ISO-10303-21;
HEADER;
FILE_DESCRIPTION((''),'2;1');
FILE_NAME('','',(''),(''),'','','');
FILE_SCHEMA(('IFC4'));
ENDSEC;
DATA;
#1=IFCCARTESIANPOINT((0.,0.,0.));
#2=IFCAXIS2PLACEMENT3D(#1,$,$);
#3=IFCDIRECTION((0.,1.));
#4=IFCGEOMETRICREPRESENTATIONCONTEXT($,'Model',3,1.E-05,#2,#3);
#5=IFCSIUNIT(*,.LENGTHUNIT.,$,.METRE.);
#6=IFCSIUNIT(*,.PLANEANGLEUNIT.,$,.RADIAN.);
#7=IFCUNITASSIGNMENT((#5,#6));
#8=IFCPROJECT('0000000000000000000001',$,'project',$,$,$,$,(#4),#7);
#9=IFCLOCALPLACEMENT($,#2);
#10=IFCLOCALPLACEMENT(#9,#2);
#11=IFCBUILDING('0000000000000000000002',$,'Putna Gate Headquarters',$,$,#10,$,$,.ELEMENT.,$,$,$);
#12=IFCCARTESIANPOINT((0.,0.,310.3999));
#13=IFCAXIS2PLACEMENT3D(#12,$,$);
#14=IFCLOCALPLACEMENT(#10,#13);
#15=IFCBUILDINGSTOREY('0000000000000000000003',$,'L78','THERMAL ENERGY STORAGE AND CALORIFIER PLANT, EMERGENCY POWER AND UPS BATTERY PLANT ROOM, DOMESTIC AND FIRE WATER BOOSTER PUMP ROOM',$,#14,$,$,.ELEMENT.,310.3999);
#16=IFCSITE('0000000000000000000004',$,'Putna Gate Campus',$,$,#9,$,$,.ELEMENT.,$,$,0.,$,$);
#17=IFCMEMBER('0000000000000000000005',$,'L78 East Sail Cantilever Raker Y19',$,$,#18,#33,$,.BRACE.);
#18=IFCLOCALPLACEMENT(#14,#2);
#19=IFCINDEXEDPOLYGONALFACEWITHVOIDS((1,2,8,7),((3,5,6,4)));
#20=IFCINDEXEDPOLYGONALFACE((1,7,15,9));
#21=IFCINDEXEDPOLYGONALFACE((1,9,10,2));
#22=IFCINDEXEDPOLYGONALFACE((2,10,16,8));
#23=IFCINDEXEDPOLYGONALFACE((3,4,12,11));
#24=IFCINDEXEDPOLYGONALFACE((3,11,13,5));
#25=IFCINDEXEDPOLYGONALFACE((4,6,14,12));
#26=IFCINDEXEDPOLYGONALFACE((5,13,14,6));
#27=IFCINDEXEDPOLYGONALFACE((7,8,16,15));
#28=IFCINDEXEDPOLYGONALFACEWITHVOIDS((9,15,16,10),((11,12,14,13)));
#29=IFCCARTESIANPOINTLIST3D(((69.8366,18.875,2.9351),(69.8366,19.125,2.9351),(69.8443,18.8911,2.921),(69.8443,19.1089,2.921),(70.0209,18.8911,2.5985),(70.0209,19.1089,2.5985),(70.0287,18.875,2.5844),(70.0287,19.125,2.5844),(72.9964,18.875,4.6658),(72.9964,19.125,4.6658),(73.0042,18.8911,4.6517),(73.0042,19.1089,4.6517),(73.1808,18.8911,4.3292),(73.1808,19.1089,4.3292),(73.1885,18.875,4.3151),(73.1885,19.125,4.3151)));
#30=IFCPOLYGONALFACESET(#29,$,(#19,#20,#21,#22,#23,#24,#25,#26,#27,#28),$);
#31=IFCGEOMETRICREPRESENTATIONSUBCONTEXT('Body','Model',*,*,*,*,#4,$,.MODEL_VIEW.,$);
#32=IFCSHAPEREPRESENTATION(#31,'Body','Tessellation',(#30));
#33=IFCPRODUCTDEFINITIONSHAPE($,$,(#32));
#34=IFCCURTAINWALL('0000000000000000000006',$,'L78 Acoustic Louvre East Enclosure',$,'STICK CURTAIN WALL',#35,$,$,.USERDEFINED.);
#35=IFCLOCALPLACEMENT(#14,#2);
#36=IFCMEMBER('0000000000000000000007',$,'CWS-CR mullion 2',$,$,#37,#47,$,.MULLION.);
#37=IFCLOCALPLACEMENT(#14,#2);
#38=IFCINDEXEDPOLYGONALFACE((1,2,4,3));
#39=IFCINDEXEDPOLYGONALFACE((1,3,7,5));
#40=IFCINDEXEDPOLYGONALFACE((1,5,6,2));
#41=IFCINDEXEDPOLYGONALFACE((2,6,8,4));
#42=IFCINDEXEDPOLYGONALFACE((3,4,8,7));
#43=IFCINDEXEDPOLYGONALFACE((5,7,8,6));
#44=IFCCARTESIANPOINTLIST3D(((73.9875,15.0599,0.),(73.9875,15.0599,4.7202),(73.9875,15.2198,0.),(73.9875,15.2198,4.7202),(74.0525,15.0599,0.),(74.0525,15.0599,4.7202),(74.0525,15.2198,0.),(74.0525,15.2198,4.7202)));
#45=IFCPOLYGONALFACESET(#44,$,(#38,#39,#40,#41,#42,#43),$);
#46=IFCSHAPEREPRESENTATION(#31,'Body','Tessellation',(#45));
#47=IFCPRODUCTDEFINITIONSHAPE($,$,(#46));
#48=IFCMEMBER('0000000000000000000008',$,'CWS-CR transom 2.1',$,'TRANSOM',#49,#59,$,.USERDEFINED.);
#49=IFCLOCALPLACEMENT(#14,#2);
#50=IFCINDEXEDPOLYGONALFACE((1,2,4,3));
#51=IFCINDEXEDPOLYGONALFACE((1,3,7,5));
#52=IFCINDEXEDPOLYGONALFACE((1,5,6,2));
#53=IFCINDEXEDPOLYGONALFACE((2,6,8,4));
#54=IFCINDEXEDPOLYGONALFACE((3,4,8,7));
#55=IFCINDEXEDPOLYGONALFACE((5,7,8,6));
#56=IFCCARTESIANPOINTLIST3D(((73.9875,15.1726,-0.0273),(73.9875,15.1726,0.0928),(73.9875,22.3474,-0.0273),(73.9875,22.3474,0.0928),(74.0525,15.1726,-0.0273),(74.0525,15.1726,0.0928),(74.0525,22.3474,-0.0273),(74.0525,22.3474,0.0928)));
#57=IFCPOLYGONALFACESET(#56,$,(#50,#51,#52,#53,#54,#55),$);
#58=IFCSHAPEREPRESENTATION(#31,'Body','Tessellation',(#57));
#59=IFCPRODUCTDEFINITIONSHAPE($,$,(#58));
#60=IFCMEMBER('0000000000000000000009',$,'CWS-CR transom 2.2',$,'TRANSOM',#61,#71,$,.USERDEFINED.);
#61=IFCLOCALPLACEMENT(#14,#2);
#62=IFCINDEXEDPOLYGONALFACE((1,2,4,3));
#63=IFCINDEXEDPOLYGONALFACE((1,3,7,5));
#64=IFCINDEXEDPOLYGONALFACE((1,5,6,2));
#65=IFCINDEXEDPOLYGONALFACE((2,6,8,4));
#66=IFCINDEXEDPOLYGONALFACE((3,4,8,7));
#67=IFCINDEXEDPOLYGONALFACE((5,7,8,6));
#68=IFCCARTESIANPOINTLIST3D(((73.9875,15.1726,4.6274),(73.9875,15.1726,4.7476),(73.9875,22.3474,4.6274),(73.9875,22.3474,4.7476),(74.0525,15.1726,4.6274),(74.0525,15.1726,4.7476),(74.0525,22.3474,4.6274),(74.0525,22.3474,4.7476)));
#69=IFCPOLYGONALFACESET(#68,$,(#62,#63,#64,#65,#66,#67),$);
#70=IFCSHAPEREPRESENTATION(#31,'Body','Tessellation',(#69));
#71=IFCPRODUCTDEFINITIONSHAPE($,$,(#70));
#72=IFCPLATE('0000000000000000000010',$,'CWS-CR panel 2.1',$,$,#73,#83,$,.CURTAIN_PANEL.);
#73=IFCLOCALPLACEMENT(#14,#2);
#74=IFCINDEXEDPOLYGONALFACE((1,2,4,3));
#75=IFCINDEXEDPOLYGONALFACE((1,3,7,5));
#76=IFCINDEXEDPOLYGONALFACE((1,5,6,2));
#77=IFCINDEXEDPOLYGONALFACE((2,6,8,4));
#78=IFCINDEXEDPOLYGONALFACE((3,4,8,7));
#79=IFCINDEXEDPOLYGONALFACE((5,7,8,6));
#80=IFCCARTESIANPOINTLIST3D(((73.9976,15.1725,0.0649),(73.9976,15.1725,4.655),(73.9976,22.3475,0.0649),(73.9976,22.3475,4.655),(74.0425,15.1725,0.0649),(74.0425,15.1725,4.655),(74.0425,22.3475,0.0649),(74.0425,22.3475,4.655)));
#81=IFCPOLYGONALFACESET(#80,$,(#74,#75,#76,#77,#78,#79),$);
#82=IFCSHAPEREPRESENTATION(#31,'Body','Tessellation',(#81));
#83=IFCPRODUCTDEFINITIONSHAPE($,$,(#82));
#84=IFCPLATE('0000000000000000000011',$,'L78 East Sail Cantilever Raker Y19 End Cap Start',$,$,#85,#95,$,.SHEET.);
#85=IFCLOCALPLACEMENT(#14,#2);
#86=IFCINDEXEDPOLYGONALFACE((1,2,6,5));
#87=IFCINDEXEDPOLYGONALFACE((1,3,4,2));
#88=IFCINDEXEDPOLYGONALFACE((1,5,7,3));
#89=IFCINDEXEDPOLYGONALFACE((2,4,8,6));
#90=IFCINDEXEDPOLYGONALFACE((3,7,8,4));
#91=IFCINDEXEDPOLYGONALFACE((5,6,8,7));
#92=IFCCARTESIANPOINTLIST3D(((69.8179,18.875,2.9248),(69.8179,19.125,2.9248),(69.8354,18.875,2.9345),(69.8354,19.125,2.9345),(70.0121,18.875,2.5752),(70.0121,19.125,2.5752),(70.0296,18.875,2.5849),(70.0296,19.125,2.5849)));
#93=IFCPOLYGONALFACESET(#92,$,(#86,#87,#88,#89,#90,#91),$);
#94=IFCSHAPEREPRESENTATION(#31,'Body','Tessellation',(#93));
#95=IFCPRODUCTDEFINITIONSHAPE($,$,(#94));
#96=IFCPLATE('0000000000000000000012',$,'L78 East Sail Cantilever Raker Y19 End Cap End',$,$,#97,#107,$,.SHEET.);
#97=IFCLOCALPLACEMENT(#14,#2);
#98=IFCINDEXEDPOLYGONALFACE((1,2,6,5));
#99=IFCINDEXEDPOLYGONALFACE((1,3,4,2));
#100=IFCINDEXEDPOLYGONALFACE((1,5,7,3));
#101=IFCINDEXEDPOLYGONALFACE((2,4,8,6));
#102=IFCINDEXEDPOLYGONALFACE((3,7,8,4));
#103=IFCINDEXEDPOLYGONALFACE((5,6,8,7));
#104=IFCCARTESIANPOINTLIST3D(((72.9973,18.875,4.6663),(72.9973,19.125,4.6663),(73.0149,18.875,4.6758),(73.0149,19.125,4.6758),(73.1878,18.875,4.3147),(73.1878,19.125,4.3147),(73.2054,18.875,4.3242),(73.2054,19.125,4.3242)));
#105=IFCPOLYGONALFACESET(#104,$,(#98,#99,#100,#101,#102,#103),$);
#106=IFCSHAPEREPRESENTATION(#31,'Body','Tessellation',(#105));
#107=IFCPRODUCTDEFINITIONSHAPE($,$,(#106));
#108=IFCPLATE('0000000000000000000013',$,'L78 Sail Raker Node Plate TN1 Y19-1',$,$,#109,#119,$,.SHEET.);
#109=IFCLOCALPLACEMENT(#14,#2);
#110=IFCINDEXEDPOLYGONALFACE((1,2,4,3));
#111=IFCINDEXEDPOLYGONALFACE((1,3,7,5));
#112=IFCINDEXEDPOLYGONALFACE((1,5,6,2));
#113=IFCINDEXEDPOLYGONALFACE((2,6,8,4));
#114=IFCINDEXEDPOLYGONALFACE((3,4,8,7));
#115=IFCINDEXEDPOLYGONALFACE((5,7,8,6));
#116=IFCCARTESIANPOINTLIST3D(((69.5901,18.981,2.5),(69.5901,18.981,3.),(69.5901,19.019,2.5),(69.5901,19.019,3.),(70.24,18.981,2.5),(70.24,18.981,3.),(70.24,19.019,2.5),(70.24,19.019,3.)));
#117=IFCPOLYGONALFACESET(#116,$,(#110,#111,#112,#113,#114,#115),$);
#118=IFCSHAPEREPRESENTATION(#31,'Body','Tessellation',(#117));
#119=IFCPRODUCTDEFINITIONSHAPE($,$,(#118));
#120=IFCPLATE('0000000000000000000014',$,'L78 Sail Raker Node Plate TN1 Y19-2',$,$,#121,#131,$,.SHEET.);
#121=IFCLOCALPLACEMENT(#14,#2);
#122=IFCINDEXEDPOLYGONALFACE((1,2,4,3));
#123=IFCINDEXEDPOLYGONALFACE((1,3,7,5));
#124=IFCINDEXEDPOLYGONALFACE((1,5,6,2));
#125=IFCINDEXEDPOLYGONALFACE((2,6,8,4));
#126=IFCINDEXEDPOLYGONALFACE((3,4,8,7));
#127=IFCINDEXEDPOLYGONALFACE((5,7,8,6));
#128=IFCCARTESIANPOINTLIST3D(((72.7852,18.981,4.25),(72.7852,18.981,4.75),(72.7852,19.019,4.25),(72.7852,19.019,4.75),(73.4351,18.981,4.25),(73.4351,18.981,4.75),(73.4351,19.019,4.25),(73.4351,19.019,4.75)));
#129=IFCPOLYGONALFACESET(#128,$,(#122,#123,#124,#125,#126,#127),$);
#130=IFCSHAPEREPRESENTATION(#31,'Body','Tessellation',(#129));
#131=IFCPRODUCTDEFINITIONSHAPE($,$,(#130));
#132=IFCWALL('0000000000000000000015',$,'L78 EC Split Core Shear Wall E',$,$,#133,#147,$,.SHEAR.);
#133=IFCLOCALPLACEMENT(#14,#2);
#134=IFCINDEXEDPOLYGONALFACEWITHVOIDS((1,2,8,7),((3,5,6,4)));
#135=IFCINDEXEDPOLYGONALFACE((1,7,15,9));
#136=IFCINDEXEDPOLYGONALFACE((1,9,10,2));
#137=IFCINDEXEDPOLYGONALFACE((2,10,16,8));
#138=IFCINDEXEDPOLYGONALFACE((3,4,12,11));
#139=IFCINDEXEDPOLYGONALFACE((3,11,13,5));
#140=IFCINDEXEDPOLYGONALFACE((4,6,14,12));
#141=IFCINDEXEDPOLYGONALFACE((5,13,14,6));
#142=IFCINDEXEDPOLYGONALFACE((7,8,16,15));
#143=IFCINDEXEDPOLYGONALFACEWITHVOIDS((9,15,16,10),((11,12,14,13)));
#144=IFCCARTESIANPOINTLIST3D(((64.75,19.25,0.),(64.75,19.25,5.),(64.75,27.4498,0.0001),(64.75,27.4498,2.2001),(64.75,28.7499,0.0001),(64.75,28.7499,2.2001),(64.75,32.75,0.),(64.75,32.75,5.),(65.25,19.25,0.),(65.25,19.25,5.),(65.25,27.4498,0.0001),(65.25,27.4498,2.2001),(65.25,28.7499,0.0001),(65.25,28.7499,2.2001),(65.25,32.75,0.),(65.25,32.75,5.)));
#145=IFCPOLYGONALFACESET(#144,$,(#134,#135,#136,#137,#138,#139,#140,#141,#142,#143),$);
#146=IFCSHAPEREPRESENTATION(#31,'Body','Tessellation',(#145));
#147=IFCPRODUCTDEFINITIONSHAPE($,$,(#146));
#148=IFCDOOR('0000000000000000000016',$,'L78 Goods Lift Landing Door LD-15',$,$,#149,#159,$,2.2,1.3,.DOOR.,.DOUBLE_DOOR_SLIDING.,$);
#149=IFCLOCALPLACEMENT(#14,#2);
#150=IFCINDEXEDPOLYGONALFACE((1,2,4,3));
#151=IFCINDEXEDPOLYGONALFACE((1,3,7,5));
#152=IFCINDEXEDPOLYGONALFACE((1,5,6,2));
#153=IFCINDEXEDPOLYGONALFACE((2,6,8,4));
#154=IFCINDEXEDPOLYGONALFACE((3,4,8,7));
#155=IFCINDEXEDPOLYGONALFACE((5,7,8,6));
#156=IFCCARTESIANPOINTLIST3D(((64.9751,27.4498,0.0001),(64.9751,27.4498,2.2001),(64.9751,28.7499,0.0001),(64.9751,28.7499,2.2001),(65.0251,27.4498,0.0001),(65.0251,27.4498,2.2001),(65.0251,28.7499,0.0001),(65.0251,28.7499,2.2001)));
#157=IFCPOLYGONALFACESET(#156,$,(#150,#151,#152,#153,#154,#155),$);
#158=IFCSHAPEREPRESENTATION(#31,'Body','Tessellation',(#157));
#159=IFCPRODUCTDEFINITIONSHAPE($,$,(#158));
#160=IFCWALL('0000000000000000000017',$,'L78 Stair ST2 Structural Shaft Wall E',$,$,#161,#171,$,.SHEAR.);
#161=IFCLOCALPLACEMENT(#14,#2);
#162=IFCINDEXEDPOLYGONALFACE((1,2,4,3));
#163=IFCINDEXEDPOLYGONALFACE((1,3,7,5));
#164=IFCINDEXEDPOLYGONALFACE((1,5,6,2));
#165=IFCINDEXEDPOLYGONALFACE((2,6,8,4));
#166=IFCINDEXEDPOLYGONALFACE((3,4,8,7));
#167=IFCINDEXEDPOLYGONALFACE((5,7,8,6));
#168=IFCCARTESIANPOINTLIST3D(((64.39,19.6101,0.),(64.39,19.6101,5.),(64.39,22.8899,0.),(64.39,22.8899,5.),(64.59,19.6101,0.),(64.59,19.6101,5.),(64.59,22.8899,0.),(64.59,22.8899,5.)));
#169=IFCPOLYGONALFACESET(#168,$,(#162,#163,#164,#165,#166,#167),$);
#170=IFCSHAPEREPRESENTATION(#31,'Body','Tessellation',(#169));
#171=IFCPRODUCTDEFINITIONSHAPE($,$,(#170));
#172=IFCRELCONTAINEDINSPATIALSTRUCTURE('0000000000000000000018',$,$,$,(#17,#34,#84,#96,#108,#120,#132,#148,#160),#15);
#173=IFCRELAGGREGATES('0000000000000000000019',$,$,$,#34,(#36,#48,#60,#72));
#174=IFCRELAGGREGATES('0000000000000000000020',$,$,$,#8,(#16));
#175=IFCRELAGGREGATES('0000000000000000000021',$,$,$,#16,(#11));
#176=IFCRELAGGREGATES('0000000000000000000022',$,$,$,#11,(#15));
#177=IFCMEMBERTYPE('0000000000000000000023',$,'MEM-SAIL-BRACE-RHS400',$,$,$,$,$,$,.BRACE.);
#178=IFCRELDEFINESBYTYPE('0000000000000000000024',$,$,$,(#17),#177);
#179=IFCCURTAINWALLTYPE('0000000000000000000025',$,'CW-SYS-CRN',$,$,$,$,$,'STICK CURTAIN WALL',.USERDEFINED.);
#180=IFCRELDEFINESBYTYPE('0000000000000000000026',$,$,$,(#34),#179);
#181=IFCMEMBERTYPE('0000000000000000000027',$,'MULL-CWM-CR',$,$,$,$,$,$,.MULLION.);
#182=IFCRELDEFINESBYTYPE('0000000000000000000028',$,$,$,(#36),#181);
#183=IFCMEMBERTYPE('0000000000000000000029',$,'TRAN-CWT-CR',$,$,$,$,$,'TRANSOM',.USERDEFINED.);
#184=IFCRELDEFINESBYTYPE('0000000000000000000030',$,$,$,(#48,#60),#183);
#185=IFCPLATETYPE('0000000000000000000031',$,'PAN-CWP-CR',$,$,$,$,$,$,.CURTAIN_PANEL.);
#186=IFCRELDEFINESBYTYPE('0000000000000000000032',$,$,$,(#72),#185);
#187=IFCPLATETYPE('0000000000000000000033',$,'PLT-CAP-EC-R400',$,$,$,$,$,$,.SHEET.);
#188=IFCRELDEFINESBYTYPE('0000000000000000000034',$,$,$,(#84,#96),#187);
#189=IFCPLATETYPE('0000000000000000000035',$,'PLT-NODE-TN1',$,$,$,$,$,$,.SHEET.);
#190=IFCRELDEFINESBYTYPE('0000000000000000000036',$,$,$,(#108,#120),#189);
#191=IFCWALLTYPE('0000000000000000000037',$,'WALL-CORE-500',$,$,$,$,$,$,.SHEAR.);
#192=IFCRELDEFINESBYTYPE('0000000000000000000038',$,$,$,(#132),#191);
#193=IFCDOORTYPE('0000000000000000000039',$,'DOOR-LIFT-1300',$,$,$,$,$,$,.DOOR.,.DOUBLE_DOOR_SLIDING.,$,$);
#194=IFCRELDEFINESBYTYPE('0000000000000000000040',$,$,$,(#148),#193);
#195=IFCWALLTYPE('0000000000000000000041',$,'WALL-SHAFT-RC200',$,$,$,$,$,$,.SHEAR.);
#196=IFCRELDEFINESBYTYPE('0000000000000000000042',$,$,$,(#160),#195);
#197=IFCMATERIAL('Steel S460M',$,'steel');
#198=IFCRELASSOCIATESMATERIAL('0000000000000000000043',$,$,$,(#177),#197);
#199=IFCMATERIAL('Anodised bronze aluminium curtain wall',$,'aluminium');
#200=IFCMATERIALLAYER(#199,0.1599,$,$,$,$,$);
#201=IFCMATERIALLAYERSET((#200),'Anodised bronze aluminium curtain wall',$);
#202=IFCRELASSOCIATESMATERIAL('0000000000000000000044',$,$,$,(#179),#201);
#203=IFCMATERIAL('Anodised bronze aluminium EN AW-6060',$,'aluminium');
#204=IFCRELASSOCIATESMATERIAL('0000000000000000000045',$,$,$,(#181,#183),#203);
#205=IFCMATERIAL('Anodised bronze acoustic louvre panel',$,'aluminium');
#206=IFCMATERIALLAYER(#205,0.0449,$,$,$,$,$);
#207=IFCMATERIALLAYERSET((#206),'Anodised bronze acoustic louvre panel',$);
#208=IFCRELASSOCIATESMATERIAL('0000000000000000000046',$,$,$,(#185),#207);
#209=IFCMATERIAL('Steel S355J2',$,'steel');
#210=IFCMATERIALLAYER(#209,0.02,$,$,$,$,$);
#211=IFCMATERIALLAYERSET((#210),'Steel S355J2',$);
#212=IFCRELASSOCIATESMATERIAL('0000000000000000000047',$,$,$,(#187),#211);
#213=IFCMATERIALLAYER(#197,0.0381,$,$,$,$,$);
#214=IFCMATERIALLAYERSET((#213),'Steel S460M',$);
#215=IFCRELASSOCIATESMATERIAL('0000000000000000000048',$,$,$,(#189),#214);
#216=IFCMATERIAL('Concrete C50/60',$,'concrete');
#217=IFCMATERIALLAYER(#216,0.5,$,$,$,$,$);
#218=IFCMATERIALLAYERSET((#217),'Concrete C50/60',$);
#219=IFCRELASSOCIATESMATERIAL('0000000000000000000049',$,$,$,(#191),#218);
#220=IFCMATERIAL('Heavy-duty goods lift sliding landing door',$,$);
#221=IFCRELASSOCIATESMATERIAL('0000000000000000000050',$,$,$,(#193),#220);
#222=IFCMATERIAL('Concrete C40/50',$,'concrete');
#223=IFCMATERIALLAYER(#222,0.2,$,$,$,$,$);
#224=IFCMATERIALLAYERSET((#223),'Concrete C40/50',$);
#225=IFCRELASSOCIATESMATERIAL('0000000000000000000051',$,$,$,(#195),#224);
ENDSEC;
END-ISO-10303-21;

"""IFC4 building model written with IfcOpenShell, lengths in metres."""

from ifc_helpers import new_model, si_unit, direction, frame, frame_2d, origin, origin_2d, place, context, subcontext, project, spatial, rectangle, hollow_rectangle, extrude, material, layer, layer_set, material_profile, profile_set, type_object, element, fill, aggregate, save


model = new_model("IFC4")

# Units and contexts
model_context = context("Model", 3, precision=1e-05, world=origin(), true_north=direction((0.0, 1.0)))
body_context = subcontext(model_context, "Body", "Model", "MODEL_VIEW")
ifc_project = project(units=[si_unit("LENGTHUNIT", "METRE"), si_unit("PLANEANGLEUNIT", "RADIAN")], contexts=[model_context])

# Site, building, storey
site_placement = place(None, origin())
site = spatial("IfcSite", under=ifc_project, at=site_placement, Name="Putna Gate Campus", CompositionType="ELEMENT", RefElevation=0.0)
building_placement = place(site_placement, origin())
building = spatial("IfcBuilding", under=site, at=building_placement, Name="Putna Gate Headquarters", CompositionType="ELEMENT")
storey_placement = place(building_placement, frame((0.0, 0.0, 310.3999)))
storey = spatial("IfcBuildingStorey", under=building, at=storey_placement, Name="L78", Description="THERMAL ENERGY STORAGE AND CALORIFIER PLANT, EMERGENCY POWER AND UPS BATTERY PLANT ROOM, DOMESTIC AND FIRE WATER BOOSTER PUMP ROOM", CompositionType="ELEMENT", Elevation=310.3999)

# Shared definitions
ifc_material_1 = material(Name="Steel S460M", Category="steel")

# Shared definitions
ifc_material_2 = material(Name="Steel S355J2", Category="steel")

# Member
ifc_material_profile_1 = material_profile(ifc_material_1, hollow_rectangle(XDim=0.25, YDim=0.3999, WallThickness=0.0161, at=origin_2d()), Name="Steel S460M")
ifc_profile_set_1 = profile_set([ifc_material_profile_1], Name="Steel S460M")
member_type_1 = type_object("IfcMemberType", Name="MEM-SAIL-BRACE-RHS400", PredefinedType="BRACE", material=ifc_profile_set_1)
member_1_placement = place(storey_placement, frame((69.9326, 19.0, 2.7598), z_axis=(0.877063, 0.0, 0.480375), x_axis=(0.0, 1.0, 0.0)))
element("IfcMember", 1, at=member_1_placement, inside=storey, type_object=member_type_1, Name="L78 East Sail Cantilever Raker Y19", PredefinedType="BRACE", context=body_context, shape_type="SweptSolid", body=[
    extrude(hollow_rectangle(XDim=0.25, YDim=0.3999, WallThickness=0.0161, at=origin_2d()), origin(), (0.0, 0.0, 1.0), 3.6028),
])

# Curtain wall, members, plate
ifc_material_3 = material(Name="Anodised bronze aluminium curtain wall", Category="aluminium")
ifc_layer_1 = layer(ifc_material_3, 0.1599)
ifc_layer_set_1 = layer_set([ifc_layer_1], Name="Anodised bronze aluminium curtain wall")
curtain_wall_type = type_object("IfcCurtainWallType", Name="CW-SYS-CRN", ElementType="STICK CURTAIN WALL", PredefinedType="USERDEFINED", material=ifc_layer_set_1)
curtain_wall_placement = place(storey_placement, origin())
curtain_wall = element("IfcCurtainWall", 2, at=curtain_wall_placement, inside=storey, type_object=curtain_wall_type, Name="L78 Acoustic Louvre East Enclosure", ObjectType="STICK CURTAIN WALL", PredefinedType="USERDEFINED")
ifc_material_4 = material(Name="Anodised bronze aluminium EN AW-6060", Category="aluminium")
ifc_material_profile_2 = material_profile(ifc_material_4, rectangle(XDim=0.0649, YDim=0.1599, at=origin_2d()), Name="Anodised bronze aluminium EN AW-6060")
ifc_profile_set_2 = profile_set([ifc_material_profile_2], Name="Anodised bronze aluminium EN AW-6060")
member_type_2 = type_object("IfcMemberType", Name="MULL-CWM-CR", PredefinedType="MULLION", material=ifc_profile_set_2)
member_2_placement = place(storey_placement, frame((74.02, 15.1399, 0.0), z_axis=(0.0, 0.0, 1.0), x_axis=(-1.0, 0.0, 0.0)))
member_2 = element("IfcMember", 3, at=member_2_placement, type_object=member_type_2, Name="CWS-CR mullion 2", PredefinedType="MULLION", context=body_context, shape_type="SweptSolid", body=[
    extrude(rectangle(XDim=0.0649, YDim=0.1599, at=origin_2d()), origin(), (0.0, 0.0, 1.0), 4.7202),
])
ifc_material_profile_3 = material_profile(ifc_material_4, rectangle(XDim=0.0649, YDim=0.1201, at=origin_2d()), Name="Anodised bronze aluminium EN AW-6060")
ifc_profile_set_3 = profile_set([ifc_material_profile_3], Name="Anodised bronze aluminium EN AW-6060")
member_type_3 = type_object("IfcMemberType", Name="TRAN-CWT-CR", ElementType="TRANSOM", PredefinedType="USERDEFINED", material=ifc_profile_set_3)
member_3_placement = place(storey_placement, frame((74.02, 15.1726, 0.0327), z_axis=(0.0, 1.0, 0.0), x_axis=(-1.0, 0.0, 0.0)))
member_3 = element("IfcMember", 4, at=member_3_placement, type_object=member_type_3, Name="CWS-CR transom 2.1", ObjectType="TRANSOM", PredefinedType="USERDEFINED", context=body_context, shape_type="SweptSolid", body=[
    extrude(rectangle(XDim=0.0649, YDim=0.1201, at=origin_2d()), origin(), (0.0, 0.0, 1.0), 7.1748),
])
member_4_placement = place(storey_placement, frame((74.02, 15.1726, 4.6875), z_axis=(0.0, 1.0, 0.0), x_axis=(-1.0, 0.0, 0.0)))
member_4 = element("IfcMember", 5, at=member_4_placement, type_object=member_type_3, Name="CWS-CR transom 2.2", ObjectType="TRANSOM", PredefinedType="USERDEFINED", context=body_context, shape_type="SweptSolid", body=[
    extrude(rectangle(XDim=0.0649, YDim=0.1201, at=origin_2d()), origin(), (0.0, 0.0, 1.0), 7.1748),
])
ifc_material_5 = material(Name="Anodised bronze acoustic louvre panel", Category="aluminium")
ifc_layer_2 = layer(ifc_material_5, 0.0449)
ifc_layer_set_2 = layer_set([ifc_layer_2], Name="Anodised bronze acoustic louvre panel")
plate_type_1 = type_object("IfcPlateType", Name="PAN-CWP-CR", PredefinedType="CURTAIN_PANEL", material=ifc_layer_set_2)
plate_placement = place(storey_placement, frame((74.02, 18.76, 0.0649), z_axis=(0.0, 0.0, 1.0), x_axis=(0.0, 1.0, 0.0)))
plate = element("IfcPlate", 6, at=plate_placement, type_object=plate_type_1, Name="CWS-CR panel 2.1", PredefinedType="CURTAIN_PANEL", context=body_context, shape_type="SweptSolid", body=[
    extrude(rectangle(XDim=7.175, YDim=0.0449, at=origin_2d()), origin(), (0.0, 0.0, 1.0), 4.5901),
])
aggregate(curtain_wall, [member_2, member_3, member_4, plate])

# Plates
ifc_layer_3 = layer(ifc_material_2, 0.02)
ifc_layer_set_3 = layer_set([ifc_layer_3], Name="Steel S355J2")
plate_type_2 = type_object("IfcPlateType", Name="PLT-CAP-EC-R400", PredefinedType="SHEET", material=ifc_layer_set_3)
for number, where, z_axis, x_axis, name in (
    (7, (69.915, 19.0, 2.75), (0.874157, 0.0, 0.485643), (0.0, 1.0, 0.0), "L78 East Sail Cantilever Raker Y19 End Cap Start"),
    (8, (73.0925, 19.0, 4.4905), (0.879292, 0.0, 0.476283), (0.0, 1.0, 0.0), "L78 East Sail Cantilever Raker Y19 End Cap End"),
):
    element("IfcPlate", number, at=place(storey_placement, frame(where, z_axis=z_axis, x_axis=x_axis)), inside=storey, type_object=plate_type_2, Name=name, PredefinedType="SHEET", context=body_context, shape_type="SweptSolid", body=[
        extrude(rectangle(XDim=0.25, YDim=0.3999, at=origin_2d()), origin(), (0.0, 0.0, 1.0), 0.02),
    ])
ifc_layer_4 = layer(ifc_material_1, 0.0381)
ifc_layer_set_4 = layer_set([ifc_layer_4], Name="Steel S460M")
plate_type_3 = type_object("IfcPlateType", Name="PLT-NODE-TN1", PredefinedType="SHEET", material=ifc_layer_set_4)
for number, where, z_axis, x_axis, name in (
    (9, (69.915, 19.0, 2.5), (0.0, 0.0, 1.0), (1.0, 0.0, 0.0), "L78 Sail Raker Node Plate TN1 Y19-1"),
    (10, (73.1101, 19.0, 4.25), (0.0, 0.0, 1.0), (1.0, 0.0, 0.0), "L78 Sail Raker Node Plate TN1 Y19-2"),
):
    element("IfcPlate", number, at=place(storey_placement, frame(where, z_axis=z_axis, x_axis=x_axis)), inside=storey, type_object=plate_type_3, Name=name, PredefinedType="SHEET", context=body_context, shape_type="SweptSolid", body=[
        extrude(rectangle(XDim=0.6499, YDim=0.0381, at=origin_2d()), origin(), (0.0, 0.0, 1.0), 0.5),
    ])

# Wall, opening, door
ifc_material_6 = material(Name="Concrete C50/60", Category="concrete")
ifc_layer_5 = layer(ifc_material_6, 0.5)
ifc_layer_set_5 = layer_set([ifc_layer_5], Name="Concrete C50/60")
wall_type_1 = type_object("IfcWallType", Name="WALL-CORE-500", PredefinedType="SHEAR", material=ifc_layer_set_5)
wall_1_placement = place(storey_placement, frame((65.0, 19.25, 0.0), z_axis=(0.0, 0.0, 1.0), x_axis=(0.0, 1.0, 0.0)))
wall_1 = element("IfcWall", 11, at=wall_1_placement, inside=storey, type_object=wall_type_1, Name="L78 EC Split Core Shear Wall E", PredefinedType="SHEAR", context=body_context, shape_type="SweptSolid", body=[
    extrude(rectangle(XDim=13.5, YDim=0.5, at=frame_2d((6.75, 0.0))), origin(), (0.0, 0.0, 1.0), 5.0),
])
opening_placement = place(wall_1_placement, frame((8.2, 0.0, 0.0)))
opening = element("IfcOpeningElement", 12, at=opening_placement, cuts=wall_1, PredefinedType="OPENING", context=body_context, shape_type="SweptSolid", body=[
    extrude(rectangle(XDim=1.3, YDim=2.2, at=frame_2d((0.6499, 1.1001))), frame((0.0, 0.26, 0.0), z_axis=(0.0, -1.0, 0.0), x_axis=(1.0, 0.0, 0.0)), (0.0, 0.0, 1.0), 0.52),
])
ifc_material_7 = material(Name="Heavy-duty goods lift sliding landing door")
door_type = type_object("IfcDoorType", Name="DOOR-LIFT-1300", OperationType="DOUBLE_DOOR_SLIDING", PredefinedType="DOOR", material=ifc_material_7)
door_placement = place(opening_placement, origin())
door = element("IfcDoor", 13, at=door_placement, inside=storey, type_object=door_type, Name="L78 Goods Lift Landing Door LD-15", OperationType="DOUBLE_DOOR_SLIDING", OverallHeight=2.2, OverallWidth=1.3, PredefinedType="DOOR", context=body_context, shape_type="SweptSolid", body=[
    extrude(rectangle(XDim=1.3, YDim=2.2, at=frame_2d((0.6499, 1.1001))), frame((0.0, 0.0249, 0.0), z_axis=(0.0, -1.0, 0.0), x_axis=(1.0, 0.0, 0.0)), (0.0, 0.0, 1.0), 0.05),
])
fill(opening, door)

# Wall
ifc_material_8 = material(Name="Concrete C40/50", Category="concrete")
ifc_layer_6 = layer(ifc_material_8, 0.2)
ifc_layer_set_6 = layer_set([ifc_layer_6], Name="Concrete C40/50")
wall_type_2 = type_object("IfcWallType", Name="WALL-SHAFT-RC200", PredefinedType="SHEAR", material=ifc_layer_set_6)
wall_2_placement = place(storey_placement, frame((64.49, 19.6101, 0.0), z_axis=(0.0, 0.0, 1.0), x_axis=(0.0, 1.0, 0.0)))
element("IfcWall", 14, at=wall_2_placement, inside=storey, type_object=wall_type_2, Name="L78 Stair ST2 Structural Shaft Wall E", PredefinedType="SHEAR", context=body_context, shape_type="SweptSolid", body=[
    extrude(rectangle(XDim=3.2798, YDim=0.2, at=frame_2d((1.6399, 0.0))), origin(), (0.0, 0.0, 1.0), 5.0),
])

save(model, "model.ifc")
